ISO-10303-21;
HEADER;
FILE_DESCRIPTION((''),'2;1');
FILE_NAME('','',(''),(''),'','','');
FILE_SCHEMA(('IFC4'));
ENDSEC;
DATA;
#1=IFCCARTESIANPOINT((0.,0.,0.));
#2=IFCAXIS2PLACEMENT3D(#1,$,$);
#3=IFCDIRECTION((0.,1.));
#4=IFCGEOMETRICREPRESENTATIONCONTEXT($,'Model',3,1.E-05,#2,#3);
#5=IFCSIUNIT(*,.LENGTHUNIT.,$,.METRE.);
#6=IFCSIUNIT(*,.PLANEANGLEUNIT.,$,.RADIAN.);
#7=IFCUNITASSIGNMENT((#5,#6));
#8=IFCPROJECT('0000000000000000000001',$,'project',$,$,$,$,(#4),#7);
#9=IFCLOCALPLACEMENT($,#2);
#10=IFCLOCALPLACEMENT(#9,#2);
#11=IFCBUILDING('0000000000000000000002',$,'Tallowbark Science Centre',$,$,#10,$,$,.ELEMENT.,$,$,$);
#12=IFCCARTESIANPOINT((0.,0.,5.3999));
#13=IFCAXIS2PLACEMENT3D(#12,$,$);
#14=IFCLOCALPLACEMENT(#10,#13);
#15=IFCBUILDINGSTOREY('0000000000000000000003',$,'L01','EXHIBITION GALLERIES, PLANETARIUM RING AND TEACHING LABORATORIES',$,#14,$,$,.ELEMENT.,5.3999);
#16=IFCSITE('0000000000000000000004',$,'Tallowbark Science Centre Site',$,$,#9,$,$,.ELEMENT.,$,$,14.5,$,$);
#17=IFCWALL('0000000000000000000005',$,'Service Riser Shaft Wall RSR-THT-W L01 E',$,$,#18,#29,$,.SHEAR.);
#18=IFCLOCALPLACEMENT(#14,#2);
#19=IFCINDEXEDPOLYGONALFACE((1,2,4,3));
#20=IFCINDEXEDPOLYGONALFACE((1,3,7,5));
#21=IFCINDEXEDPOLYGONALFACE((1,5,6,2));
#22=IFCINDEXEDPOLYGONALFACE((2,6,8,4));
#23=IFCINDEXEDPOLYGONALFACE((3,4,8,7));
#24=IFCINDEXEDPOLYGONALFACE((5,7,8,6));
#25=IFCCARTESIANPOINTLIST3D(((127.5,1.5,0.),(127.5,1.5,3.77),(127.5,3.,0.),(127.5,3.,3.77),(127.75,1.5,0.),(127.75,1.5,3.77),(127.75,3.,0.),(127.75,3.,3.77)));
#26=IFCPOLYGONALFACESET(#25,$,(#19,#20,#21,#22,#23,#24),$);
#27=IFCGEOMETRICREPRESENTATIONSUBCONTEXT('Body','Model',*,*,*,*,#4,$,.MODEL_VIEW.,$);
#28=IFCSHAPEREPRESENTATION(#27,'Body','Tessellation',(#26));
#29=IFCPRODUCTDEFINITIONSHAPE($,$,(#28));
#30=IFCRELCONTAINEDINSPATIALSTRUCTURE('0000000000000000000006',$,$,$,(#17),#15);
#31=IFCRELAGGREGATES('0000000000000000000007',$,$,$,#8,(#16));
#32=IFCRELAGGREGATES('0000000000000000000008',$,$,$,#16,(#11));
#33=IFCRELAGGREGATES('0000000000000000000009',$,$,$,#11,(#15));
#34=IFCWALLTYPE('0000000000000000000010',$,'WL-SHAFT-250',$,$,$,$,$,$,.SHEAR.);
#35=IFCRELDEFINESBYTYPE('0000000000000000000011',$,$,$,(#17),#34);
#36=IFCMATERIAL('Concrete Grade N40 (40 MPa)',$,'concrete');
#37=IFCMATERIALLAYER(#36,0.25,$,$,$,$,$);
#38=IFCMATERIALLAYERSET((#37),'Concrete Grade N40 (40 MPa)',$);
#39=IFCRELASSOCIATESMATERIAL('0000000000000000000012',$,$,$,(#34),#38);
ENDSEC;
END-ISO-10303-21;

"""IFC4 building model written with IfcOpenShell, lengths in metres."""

from ifc_helpers import new_model, si_unit, direction, frame, frame_2d, origin, place, context, subcontext, project, spatial, rectangle, extrude, material, layer, layer_set, type_object, element, save


model = new_model("IFC4")

# Units and contexts
model_context = context("Model", 3, precision=1e-05, world=origin(), true_north=direction((0.0, 1.0)))
body_context = subcontext(model_context, "Body", "Model", "MODEL_VIEW")
ifc_project = project(units=[si_unit("LENGTHUNIT", "METRE"), si_unit("PLANEANGLEUNIT", "RADIAN")], contexts=[model_context])

# Site, building, storey
site_placement = place(None, origin())
site = spatial("IfcSite", under=ifc_project, at=site_placement, Name="Tallowbark Science Centre Site", CompositionType="ELEMENT", RefElevation=14.5)
building_placement = place(site_placement, origin())
building = spatial("IfcBuilding", under=site, at=building_placement, Name="Tallowbark Science Centre", CompositionType="ELEMENT")
storey_placement = place(building_placement, frame((0.0, 0.0, 5.3999)))
storey = spatial("IfcBuildingStorey", under=building, at=storey_placement, Name="L01", Description="EXHIBITION GALLERIES, PLANETARIUM RING AND TEACHING LABORATORIES", CompositionType="ELEMENT", Elevation=5.3999)

# Wall
ifc_material_1 = material(Name="Concrete Grade N40 (40 MPa)", Category="concrete")
ifc_layer_1 = layer(ifc_material_1, 0.25)
ifc_layer_set_1 = layer_set([ifc_layer_1], Name="Concrete Grade N40 (40 MPa)")
wall_type = type_object("IfcWallType", Name="WL-SHAFT-250", PredefinedType="SHEAR", material=ifc_layer_set_1)
wall_placement = place(storey_placement, frame((127.625, 1.5, 0.0), z_axis=(0.0, 0.0, 1.0), x_axis=(0.0, 1.0, 0.0)))
element("IfcWall", 1, at=wall_placement, inside=storey, type_object=wall_type, Name="Service Riser Shaft Wall RSR-THT-W L01 E", PredefinedType="SHEAR", context=body_context, shape_type="SweptSolid", body=[
    extrude(rectangle(XDim=1.5, YDim=0.25, at=frame_2d((0.75, 0.0))), origin(), (0.0, 0.0, 1.0), 3.77),
])

save(model, "model.ifc")
